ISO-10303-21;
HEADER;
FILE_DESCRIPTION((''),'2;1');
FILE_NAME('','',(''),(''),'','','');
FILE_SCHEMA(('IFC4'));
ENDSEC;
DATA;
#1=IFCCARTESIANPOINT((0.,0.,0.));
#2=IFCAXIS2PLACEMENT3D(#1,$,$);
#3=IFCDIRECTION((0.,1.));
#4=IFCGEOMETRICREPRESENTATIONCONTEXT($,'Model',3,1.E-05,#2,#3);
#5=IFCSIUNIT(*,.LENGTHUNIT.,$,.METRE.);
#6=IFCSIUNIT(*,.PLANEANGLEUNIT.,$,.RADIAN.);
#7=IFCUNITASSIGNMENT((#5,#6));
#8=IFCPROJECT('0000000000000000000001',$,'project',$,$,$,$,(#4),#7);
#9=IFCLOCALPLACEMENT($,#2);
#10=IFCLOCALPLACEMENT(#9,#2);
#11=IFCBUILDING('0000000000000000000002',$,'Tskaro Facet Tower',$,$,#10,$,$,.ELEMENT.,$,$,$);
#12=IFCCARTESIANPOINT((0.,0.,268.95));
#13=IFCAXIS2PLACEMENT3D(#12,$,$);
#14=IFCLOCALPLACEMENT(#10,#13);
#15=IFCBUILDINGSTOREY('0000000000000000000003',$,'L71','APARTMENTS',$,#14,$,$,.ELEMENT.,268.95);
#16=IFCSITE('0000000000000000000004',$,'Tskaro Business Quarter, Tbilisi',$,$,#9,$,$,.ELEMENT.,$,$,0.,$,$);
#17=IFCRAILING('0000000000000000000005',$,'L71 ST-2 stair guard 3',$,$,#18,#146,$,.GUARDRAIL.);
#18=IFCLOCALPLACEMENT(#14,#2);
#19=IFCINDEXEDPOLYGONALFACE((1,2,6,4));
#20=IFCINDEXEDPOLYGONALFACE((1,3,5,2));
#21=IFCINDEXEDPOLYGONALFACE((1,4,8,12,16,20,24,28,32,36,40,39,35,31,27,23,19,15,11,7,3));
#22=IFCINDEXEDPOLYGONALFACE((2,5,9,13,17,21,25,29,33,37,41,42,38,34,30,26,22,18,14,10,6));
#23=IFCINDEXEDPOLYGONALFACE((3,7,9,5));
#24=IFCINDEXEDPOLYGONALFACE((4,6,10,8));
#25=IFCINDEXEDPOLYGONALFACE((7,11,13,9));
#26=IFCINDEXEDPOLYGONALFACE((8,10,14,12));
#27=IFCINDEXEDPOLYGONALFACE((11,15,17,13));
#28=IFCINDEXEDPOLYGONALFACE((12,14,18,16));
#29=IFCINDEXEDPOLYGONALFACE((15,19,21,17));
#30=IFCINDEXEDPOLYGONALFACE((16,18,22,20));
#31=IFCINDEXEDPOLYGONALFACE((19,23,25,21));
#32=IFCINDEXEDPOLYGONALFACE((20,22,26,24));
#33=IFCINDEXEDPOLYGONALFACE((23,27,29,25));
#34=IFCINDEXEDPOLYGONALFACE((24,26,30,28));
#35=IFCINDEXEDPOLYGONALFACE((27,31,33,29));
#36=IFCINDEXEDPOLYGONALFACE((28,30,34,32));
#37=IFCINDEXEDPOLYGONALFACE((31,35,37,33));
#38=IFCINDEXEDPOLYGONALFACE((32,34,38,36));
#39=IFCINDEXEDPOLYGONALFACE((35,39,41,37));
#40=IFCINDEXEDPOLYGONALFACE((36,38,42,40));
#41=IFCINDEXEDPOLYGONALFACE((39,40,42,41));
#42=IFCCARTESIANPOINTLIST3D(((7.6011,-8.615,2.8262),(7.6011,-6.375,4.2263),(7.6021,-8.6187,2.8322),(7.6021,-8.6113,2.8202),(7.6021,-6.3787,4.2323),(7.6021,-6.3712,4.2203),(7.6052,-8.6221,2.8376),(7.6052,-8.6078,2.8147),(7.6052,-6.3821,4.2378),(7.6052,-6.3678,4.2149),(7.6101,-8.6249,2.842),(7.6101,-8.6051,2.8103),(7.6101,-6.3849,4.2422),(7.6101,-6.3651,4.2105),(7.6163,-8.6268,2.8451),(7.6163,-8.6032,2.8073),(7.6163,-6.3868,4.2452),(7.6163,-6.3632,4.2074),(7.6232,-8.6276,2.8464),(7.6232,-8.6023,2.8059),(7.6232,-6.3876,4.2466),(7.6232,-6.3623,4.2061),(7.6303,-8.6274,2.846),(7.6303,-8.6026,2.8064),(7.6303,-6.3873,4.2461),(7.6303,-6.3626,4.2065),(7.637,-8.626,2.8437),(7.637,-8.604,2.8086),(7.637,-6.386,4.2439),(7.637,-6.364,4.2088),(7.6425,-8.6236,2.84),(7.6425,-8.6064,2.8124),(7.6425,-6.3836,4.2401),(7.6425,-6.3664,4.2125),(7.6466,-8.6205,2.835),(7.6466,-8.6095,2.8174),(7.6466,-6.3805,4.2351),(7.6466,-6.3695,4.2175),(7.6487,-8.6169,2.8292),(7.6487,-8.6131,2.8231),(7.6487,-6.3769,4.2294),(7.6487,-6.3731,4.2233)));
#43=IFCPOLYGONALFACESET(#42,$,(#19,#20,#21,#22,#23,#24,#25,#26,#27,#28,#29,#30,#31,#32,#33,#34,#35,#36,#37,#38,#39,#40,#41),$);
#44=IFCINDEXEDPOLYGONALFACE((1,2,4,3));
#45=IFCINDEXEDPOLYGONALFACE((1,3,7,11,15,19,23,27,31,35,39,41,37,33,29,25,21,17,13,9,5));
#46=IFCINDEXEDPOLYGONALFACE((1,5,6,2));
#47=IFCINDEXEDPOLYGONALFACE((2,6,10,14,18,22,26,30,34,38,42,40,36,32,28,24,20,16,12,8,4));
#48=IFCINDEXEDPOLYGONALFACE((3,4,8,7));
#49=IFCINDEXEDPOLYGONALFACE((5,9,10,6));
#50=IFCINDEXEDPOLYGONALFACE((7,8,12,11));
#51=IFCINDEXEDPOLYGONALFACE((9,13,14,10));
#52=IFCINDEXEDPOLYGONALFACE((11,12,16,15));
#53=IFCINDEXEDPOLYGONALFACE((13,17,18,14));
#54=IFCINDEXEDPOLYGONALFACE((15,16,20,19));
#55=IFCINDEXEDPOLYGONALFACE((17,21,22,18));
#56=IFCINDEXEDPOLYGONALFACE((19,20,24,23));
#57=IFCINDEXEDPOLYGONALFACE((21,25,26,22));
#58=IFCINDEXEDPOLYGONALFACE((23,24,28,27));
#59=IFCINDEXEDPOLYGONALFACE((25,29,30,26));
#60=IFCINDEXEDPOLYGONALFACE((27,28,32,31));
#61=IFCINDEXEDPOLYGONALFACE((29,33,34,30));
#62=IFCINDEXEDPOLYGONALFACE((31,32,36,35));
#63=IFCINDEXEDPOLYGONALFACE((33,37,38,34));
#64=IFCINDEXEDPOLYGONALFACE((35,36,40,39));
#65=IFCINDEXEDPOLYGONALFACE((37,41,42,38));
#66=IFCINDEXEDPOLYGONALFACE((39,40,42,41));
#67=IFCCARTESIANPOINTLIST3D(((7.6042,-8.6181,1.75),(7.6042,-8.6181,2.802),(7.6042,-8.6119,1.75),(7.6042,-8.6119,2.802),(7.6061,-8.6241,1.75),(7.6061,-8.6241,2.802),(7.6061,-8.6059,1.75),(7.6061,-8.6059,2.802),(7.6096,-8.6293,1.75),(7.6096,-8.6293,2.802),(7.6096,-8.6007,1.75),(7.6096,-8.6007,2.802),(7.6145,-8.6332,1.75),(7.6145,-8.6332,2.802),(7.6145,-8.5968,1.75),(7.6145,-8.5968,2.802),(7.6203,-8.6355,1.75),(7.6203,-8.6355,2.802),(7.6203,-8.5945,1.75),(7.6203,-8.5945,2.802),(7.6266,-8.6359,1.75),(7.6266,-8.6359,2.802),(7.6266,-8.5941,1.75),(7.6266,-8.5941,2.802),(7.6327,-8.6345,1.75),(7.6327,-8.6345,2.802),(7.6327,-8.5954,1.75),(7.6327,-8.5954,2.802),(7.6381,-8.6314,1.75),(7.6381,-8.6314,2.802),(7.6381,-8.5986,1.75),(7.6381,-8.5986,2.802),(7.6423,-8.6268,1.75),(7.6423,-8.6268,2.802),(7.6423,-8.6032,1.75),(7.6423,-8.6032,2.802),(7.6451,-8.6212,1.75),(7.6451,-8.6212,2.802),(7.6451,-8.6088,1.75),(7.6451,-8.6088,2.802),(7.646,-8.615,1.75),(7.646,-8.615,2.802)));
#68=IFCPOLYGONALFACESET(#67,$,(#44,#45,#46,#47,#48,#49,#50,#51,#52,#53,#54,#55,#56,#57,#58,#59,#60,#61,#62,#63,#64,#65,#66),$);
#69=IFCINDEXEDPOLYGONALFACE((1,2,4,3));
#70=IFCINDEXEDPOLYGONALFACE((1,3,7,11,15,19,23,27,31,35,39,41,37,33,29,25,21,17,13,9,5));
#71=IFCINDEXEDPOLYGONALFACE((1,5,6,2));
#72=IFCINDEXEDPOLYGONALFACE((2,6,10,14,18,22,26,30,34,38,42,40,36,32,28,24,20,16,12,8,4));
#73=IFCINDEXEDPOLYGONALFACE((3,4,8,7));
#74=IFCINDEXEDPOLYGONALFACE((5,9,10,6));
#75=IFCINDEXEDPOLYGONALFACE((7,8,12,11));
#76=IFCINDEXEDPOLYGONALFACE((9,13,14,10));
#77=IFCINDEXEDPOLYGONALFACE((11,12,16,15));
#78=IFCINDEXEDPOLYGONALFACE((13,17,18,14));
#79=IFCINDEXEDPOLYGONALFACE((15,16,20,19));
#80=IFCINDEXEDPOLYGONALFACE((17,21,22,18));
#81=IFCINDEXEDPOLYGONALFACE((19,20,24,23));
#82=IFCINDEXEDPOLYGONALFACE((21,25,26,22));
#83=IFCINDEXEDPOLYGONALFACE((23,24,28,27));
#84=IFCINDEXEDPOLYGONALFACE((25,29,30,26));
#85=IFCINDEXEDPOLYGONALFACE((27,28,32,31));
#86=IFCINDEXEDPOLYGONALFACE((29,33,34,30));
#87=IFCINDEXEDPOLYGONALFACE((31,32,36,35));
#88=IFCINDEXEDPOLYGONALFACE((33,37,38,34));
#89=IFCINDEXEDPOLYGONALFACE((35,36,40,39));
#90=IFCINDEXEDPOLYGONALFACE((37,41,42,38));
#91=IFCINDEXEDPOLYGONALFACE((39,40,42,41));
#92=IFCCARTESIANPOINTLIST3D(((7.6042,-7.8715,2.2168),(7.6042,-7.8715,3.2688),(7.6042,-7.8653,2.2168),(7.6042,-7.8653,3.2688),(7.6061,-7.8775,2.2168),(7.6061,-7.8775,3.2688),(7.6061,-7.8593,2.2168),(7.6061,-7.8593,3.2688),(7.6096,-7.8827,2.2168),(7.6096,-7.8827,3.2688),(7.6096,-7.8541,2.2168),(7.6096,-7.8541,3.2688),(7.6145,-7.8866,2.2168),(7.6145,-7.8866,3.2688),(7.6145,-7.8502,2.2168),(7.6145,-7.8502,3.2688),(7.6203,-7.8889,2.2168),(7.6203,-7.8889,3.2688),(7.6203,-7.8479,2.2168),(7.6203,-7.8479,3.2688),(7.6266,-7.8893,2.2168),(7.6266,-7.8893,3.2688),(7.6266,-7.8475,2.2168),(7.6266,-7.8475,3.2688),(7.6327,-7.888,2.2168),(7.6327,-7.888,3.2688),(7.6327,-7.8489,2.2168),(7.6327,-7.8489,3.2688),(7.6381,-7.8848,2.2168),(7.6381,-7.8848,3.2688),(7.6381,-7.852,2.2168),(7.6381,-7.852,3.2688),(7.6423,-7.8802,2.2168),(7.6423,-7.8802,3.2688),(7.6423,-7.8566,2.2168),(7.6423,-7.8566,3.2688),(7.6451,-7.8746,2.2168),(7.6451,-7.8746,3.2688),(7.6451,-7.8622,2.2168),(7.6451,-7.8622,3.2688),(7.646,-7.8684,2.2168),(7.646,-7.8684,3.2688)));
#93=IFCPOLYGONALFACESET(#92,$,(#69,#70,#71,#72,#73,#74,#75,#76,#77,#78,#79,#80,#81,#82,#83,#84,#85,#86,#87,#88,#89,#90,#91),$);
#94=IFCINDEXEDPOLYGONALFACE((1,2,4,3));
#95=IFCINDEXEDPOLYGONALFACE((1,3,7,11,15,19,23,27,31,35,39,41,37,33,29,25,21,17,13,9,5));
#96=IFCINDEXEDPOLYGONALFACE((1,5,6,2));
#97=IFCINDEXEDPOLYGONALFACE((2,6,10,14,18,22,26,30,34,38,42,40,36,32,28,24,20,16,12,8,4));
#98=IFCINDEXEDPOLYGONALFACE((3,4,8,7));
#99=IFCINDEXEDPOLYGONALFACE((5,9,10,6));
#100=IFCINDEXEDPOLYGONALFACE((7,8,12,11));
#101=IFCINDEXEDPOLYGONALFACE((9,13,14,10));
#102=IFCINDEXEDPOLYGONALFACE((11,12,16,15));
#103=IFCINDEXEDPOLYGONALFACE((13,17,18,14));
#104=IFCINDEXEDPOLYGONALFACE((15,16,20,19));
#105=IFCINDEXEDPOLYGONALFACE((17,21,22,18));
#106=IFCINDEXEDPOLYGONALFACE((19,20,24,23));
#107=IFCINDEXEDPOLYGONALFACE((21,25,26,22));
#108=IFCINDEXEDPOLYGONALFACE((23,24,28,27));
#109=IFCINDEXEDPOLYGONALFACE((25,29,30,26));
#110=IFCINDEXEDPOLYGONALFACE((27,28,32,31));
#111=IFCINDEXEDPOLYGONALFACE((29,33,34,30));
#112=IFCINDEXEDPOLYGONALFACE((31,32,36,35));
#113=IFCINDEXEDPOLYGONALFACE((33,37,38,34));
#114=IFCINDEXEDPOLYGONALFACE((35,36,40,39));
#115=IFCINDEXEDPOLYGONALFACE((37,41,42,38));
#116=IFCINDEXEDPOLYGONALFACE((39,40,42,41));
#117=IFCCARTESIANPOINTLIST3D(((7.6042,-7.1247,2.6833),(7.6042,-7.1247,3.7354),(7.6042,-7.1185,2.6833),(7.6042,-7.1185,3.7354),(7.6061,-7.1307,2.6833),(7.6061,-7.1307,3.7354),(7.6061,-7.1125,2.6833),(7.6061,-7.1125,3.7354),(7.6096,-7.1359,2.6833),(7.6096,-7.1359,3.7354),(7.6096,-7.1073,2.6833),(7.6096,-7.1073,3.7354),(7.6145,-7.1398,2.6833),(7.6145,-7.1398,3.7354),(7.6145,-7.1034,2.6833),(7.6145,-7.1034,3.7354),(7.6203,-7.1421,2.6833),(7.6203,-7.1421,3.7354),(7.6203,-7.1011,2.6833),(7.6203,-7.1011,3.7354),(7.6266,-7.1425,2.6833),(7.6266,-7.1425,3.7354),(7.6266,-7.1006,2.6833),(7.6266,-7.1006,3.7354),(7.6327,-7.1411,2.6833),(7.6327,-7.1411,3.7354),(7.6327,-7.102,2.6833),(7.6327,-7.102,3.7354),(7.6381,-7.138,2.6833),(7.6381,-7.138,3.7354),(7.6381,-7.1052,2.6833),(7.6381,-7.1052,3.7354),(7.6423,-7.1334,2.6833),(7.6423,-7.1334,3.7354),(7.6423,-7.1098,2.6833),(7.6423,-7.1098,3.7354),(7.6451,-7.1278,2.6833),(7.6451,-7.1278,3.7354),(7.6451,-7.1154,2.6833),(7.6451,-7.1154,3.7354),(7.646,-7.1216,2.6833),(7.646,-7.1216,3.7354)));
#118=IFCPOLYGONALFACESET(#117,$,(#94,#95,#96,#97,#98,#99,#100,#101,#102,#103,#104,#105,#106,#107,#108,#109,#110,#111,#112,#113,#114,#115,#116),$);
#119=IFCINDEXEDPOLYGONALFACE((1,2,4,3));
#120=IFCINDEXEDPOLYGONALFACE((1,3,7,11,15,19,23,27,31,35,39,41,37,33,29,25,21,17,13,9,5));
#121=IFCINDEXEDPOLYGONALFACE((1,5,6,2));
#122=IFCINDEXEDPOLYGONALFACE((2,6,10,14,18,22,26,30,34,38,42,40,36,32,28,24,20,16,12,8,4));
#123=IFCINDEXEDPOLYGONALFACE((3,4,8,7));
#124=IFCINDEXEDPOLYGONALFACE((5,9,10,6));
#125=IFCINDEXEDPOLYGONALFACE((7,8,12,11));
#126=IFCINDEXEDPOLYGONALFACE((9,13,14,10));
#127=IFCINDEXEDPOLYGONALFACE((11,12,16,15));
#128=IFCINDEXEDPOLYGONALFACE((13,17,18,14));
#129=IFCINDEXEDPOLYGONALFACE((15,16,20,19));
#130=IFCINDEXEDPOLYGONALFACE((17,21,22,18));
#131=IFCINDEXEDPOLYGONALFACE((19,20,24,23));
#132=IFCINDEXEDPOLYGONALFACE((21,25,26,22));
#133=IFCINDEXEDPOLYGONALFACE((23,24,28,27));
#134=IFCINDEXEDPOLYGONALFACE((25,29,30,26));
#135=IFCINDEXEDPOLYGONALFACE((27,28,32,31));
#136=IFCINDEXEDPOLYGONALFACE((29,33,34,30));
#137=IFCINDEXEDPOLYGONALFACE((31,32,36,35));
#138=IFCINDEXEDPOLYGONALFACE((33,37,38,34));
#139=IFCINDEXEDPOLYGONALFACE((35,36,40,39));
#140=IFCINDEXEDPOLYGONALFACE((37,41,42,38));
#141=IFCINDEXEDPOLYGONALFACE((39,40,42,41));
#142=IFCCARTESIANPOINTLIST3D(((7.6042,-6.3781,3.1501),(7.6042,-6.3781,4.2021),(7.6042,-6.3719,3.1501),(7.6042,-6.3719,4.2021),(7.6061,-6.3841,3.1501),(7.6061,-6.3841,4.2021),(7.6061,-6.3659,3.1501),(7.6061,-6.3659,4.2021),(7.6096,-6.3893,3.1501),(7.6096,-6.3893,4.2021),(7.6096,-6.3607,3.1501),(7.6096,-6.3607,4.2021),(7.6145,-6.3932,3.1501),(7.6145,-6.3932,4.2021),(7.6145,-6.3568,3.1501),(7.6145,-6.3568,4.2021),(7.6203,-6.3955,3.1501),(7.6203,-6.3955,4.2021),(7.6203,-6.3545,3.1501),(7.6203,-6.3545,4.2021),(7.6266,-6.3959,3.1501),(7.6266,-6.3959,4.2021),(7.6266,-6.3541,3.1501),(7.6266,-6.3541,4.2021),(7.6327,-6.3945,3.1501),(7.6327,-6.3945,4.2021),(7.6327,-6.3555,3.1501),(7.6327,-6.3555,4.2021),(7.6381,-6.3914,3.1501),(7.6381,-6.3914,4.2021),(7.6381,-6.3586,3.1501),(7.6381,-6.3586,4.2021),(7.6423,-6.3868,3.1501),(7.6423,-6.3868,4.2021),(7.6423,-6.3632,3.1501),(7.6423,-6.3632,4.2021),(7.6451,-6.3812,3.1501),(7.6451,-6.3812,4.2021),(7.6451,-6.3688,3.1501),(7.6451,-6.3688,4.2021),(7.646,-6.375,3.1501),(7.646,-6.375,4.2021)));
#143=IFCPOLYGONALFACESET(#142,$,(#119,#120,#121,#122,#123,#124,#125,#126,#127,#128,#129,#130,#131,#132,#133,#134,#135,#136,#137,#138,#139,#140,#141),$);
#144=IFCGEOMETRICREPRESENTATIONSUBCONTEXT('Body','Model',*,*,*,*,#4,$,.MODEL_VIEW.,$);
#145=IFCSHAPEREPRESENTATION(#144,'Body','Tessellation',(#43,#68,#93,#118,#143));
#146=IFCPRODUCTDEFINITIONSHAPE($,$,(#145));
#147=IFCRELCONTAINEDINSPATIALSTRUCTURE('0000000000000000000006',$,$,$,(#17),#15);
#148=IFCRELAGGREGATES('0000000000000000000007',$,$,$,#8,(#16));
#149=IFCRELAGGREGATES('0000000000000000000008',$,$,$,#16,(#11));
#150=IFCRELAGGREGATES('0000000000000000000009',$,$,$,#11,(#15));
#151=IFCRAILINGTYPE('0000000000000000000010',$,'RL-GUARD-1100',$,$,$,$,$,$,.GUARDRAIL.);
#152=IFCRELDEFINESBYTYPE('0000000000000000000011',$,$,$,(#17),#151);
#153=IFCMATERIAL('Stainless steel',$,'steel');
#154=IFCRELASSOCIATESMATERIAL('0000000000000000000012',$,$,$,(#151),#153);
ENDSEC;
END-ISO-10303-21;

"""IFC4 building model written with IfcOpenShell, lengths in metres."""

from ifc_helpers import new_model, si_unit, direction, frame, origin, origin_2d, place, context, subcontext, project, spatial, circle, extrude, material, type_object, element, save


model = new_model("IFC4")

# Units and contexts
model_context = context("Model", 3, precision=1e-05, world=origin(), true_north=direction((0.0, 1.0)))
body_context = subcontext(model_context, "Body", "Model", "MODEL_VIEW")
ifc_project = project(units=[si_unit("LENGTHUNIT", "METRE"), si_unit("PLANEANGLEUNIT", "RADIAN")], contexts=[model_context])

# Site, building, storey
site_placement = place(None, origin())
site = spatial("IfcSite", under=ifc_project, at=site_placement, Name="Tskaro Business Quarter, Tbilisi", CompositionType="ELEMENT", RefElevation=0.0)
building_placement = place(site_placement, origin())
building = spatial("IfcBuilding", under=site, at=building_placement, Name="Tskaro Facet Tower", CompositionType="ELEMENT")
storey_placement = place(building_placement, frame((0.0, 0.0, 268.95)))
storey = spatial("IfcBuildingStorey", under=building, at=storey_placement, Name="L71", Description="APARTMENTS", CompositionType="ELEMENT", Elevation=268.95)

# Railing
ifc_material_1 = material(Name="Stainless steel", Category="steel")
railing_type_1 = type_object("IfcRailingType", Name="RL-GUARD-1100", PredefinedType="GUARDRAIL", material=ifc_material_1)
railing_1_placement = place(storey_placement, frame((7.625, -8.615, 1.75)))
element("IfcRailing", 1, at=railing_1_placement, inside=storey, type_object=railing_type_1, Name="L71 ST-2 stair guard 3", PredefinedType="GUARDRAIL", context=body_context, shape_type="SweptSolid", body=[
    extrude(circle(Radius=0.0239, at=origin_2d()), frame((0.0, 0.0, 1.0762), z_axis=(0.0, 0.847972, 0.53004), x_axis=(-1.0, 0.0, 0.0)), (0.0, 0.0, 1.0), 2.6416),
    extrude(circle(Radius=0.021, at=origin_2d()), origin(), (0.0, 0.0, 1.0), 1.052),
    extrude(circle(Radius=0.021, at=origin_2d()), frame((0.0, 0.7466, 0.4668)), (0.0, 0.0, 1.0), 1.052),
    extrude(circle(Radius=0.021, at=origin_2d()), frame((0.0, 1.4934, 0.9333)), (0.0, 0.0, 1.0), 1.052),
    extrude(circle(Radius=0.021, at=origin_2d()), frame((0.0, 2.24, 1.4001)), (0.0, 0.0, 1.0), 1.052),
])

save(model, "model.ifc")
